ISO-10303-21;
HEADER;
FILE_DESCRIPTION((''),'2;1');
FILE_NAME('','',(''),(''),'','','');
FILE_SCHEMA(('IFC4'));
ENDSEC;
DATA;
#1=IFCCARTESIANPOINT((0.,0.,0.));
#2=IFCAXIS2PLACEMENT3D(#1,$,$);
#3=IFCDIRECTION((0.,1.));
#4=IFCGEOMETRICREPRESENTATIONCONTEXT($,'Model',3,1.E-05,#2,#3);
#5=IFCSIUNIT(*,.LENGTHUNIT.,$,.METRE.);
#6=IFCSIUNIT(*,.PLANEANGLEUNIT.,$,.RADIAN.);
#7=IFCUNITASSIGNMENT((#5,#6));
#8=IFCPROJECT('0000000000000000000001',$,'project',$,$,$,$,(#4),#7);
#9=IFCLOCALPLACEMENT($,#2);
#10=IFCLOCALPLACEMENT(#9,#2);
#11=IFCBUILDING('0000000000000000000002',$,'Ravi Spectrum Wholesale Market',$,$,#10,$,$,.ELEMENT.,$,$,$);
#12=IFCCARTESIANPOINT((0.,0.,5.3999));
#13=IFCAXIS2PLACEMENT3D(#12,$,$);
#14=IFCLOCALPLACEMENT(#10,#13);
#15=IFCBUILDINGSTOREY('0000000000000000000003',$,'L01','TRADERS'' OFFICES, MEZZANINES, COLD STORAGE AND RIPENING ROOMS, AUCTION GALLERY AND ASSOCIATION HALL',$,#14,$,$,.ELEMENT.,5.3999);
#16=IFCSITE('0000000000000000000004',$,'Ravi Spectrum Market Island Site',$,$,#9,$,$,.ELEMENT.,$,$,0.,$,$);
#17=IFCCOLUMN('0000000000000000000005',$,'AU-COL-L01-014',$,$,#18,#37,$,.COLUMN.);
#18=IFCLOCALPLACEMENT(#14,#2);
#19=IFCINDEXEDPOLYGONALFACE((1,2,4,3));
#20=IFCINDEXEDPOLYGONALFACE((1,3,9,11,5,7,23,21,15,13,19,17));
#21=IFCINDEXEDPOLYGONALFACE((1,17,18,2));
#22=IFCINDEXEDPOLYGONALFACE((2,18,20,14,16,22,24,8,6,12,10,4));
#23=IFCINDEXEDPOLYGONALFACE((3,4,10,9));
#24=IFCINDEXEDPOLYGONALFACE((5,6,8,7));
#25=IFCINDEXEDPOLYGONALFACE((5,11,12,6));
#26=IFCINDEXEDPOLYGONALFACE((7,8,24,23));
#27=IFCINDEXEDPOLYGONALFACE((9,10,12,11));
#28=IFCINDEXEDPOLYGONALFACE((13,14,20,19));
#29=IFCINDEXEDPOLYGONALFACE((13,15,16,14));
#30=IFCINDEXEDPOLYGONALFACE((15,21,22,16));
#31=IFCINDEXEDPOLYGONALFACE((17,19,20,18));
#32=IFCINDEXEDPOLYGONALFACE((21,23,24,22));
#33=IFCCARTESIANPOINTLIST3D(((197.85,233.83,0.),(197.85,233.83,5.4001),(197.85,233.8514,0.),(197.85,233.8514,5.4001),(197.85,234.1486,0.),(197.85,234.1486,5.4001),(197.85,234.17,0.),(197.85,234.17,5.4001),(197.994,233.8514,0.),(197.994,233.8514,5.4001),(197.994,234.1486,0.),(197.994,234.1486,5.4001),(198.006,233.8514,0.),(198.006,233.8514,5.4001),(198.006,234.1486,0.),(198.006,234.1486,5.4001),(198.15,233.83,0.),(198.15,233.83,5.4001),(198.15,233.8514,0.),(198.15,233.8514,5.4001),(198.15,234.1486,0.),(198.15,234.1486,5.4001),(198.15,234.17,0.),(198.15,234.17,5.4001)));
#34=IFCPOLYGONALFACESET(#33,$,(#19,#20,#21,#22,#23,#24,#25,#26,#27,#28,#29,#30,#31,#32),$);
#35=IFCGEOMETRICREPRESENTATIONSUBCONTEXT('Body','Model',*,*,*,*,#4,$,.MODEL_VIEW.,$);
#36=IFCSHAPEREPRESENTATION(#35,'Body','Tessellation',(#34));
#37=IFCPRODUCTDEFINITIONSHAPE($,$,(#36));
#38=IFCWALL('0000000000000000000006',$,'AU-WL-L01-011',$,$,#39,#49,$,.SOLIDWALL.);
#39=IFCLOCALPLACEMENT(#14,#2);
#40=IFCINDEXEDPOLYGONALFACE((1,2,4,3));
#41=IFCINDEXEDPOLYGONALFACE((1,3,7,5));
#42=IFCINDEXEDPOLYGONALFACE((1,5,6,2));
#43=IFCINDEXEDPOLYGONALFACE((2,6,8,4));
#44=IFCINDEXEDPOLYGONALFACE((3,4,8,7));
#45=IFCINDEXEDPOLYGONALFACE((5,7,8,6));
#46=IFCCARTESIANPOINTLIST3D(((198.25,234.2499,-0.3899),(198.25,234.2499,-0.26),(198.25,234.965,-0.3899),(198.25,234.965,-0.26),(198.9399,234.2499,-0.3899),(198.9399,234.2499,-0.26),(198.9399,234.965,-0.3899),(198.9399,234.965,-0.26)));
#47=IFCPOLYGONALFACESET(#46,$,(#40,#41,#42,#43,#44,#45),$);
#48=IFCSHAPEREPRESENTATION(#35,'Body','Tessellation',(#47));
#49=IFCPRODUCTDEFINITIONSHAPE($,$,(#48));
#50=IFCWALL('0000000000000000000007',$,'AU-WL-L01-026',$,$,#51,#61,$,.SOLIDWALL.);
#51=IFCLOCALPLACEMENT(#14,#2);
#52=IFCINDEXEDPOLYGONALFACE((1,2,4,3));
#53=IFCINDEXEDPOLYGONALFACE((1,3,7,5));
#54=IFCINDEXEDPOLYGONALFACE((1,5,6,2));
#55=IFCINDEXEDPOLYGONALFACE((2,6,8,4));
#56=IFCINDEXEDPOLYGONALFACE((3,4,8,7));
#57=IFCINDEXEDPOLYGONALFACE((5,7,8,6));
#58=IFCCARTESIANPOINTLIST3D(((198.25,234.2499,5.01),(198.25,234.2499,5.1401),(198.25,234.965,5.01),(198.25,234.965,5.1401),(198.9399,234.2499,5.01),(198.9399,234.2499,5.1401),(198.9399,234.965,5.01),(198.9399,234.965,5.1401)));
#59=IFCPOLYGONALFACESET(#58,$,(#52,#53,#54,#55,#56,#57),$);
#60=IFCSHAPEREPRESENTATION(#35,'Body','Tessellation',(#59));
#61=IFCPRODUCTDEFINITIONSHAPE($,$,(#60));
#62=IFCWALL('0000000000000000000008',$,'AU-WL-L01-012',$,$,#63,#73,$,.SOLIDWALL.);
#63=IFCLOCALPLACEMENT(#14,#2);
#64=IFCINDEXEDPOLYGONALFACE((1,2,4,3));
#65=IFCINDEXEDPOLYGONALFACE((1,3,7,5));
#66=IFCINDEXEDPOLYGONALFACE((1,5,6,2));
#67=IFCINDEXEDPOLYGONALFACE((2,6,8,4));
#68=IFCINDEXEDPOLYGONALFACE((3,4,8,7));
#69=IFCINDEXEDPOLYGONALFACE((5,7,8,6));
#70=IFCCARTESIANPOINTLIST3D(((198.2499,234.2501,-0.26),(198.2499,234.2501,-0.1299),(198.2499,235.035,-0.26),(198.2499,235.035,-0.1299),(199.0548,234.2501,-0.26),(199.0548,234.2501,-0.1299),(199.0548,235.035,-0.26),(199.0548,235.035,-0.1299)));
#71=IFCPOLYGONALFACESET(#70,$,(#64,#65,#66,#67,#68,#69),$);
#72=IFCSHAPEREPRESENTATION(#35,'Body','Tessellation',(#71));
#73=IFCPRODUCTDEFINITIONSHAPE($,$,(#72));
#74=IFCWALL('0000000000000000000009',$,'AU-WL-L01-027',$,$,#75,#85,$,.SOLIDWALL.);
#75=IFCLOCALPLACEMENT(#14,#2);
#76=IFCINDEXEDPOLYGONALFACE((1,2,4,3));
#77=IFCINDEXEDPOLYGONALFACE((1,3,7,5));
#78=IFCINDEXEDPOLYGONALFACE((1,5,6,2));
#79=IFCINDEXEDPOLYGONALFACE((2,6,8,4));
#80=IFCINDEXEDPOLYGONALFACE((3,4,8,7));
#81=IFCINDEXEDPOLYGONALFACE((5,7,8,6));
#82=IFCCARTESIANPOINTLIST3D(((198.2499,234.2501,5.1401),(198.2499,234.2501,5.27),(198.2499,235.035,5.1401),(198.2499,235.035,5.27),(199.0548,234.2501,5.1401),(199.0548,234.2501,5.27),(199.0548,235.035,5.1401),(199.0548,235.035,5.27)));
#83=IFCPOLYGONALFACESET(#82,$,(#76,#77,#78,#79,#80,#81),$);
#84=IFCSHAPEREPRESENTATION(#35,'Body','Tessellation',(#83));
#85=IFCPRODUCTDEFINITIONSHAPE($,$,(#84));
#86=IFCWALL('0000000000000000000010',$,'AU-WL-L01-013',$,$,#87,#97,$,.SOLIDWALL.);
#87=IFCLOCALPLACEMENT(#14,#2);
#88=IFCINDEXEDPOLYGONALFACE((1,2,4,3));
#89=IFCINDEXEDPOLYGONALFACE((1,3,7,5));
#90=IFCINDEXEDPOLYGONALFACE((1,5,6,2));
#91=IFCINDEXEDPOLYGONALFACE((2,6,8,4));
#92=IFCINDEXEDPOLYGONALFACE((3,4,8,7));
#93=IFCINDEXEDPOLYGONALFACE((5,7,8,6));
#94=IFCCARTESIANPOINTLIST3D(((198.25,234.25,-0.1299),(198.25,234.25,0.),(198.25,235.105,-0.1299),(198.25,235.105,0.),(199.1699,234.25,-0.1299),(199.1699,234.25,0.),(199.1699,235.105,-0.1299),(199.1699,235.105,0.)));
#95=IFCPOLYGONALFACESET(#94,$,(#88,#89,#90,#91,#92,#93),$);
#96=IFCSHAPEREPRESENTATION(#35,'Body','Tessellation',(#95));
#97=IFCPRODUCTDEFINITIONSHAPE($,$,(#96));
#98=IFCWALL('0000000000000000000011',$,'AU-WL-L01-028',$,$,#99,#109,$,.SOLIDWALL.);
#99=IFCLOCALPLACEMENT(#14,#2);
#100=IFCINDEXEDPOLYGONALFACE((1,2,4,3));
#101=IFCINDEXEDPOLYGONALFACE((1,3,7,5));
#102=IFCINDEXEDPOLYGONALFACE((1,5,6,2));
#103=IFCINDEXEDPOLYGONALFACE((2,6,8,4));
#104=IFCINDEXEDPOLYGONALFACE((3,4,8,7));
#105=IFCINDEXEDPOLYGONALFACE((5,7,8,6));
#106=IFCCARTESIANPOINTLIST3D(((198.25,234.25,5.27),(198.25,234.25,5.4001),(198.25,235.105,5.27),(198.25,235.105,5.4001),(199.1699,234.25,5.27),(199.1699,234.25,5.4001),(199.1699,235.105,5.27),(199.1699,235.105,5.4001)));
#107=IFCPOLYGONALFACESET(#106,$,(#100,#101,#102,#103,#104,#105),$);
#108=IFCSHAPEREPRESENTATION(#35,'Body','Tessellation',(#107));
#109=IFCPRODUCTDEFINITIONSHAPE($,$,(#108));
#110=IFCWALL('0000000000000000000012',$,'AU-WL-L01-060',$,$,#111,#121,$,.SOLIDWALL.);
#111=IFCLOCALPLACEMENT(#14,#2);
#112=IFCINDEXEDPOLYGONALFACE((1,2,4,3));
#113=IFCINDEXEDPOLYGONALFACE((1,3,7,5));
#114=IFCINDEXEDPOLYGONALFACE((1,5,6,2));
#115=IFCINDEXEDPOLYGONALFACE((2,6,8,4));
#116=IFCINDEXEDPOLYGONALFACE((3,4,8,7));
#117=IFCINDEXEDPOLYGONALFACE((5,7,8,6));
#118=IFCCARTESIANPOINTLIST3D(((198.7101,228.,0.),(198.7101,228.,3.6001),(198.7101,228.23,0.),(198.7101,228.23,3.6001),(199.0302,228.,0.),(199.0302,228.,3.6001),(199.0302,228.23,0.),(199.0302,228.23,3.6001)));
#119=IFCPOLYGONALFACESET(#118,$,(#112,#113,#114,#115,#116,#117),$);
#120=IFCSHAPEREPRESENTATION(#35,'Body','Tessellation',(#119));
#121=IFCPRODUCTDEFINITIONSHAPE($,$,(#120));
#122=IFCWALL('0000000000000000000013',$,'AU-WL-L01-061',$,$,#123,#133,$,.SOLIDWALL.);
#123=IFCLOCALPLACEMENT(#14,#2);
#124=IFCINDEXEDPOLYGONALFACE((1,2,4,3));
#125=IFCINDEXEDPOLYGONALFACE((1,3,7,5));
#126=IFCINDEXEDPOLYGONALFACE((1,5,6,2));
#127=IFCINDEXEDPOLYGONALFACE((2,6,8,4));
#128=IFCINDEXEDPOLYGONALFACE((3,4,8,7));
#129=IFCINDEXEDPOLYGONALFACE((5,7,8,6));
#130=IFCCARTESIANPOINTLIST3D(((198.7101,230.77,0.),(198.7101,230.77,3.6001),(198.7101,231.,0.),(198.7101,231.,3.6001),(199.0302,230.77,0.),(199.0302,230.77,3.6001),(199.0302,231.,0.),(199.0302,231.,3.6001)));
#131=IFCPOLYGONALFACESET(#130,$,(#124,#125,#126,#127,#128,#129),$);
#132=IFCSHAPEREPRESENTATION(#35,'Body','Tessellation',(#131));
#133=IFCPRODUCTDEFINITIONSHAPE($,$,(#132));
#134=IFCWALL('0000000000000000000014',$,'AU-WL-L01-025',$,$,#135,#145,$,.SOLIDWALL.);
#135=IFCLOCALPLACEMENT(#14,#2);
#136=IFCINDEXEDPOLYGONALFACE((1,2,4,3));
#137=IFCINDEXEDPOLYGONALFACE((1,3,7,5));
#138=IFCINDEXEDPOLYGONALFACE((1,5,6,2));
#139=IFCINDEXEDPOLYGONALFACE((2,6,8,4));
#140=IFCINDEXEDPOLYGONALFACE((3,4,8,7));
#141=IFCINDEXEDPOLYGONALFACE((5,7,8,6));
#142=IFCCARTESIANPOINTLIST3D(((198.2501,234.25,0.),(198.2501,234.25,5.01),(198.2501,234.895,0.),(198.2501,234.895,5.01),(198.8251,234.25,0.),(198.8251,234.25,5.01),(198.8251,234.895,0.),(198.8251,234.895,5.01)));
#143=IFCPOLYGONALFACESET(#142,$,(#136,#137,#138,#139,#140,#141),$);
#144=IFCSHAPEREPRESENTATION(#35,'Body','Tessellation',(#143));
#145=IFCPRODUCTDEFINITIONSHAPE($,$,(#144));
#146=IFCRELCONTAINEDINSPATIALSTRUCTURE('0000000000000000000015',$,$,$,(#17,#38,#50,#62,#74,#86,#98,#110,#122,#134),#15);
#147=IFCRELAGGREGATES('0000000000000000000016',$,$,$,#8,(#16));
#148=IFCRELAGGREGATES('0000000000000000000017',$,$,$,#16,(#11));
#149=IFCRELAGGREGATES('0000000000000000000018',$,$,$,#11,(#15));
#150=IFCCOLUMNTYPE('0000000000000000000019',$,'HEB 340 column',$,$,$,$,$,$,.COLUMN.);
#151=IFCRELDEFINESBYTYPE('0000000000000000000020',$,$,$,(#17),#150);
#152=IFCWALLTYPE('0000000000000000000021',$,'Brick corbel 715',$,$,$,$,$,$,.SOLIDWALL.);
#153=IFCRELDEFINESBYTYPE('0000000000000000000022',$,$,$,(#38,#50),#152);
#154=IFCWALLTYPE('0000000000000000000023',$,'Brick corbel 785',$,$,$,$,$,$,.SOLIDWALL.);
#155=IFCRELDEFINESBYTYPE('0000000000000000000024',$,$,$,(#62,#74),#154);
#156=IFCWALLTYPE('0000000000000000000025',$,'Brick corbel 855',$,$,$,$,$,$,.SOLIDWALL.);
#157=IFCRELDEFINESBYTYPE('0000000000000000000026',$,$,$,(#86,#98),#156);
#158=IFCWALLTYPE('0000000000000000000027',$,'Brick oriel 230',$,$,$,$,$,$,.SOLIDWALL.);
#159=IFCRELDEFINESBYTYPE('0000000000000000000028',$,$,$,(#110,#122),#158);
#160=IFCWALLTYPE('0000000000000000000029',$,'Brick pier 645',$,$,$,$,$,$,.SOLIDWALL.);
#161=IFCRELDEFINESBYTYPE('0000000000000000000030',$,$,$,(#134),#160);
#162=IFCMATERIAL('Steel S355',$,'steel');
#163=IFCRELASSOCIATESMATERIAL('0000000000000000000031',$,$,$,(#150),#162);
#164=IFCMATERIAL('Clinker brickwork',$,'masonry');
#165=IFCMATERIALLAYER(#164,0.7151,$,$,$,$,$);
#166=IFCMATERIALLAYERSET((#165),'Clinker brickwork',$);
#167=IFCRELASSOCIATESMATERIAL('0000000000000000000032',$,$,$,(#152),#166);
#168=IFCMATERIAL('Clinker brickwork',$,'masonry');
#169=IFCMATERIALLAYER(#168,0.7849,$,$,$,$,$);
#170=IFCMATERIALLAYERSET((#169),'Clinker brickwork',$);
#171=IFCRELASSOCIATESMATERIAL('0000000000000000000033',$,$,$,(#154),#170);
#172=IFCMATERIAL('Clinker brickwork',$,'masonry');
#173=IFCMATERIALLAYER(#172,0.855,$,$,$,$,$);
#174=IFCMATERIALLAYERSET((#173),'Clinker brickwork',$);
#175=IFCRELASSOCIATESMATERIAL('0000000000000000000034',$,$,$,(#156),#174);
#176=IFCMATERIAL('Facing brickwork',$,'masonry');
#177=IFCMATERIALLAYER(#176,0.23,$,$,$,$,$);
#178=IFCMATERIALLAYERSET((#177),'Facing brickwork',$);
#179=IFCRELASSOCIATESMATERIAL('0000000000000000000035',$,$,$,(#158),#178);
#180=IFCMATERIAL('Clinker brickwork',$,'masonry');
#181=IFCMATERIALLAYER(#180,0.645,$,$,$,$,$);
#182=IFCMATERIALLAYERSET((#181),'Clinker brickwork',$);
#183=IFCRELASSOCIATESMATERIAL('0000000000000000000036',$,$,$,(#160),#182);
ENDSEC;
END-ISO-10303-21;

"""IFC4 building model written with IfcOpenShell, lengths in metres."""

from ifc_helpers import new_model, si_unit, direction, frame, frame_2d, origin, origin_2d, place, context, subcontext, project, spatial, rectangle, i_section, extrude, material, layer, layer_set, material_profile, profile_set, type_object, element, save


model = new_model("IFC4")

# Units and contexts
model_context = context("Model", 3, precision=1e-05, world=origin(), true_north=direction((0.0, 1.0)))
body_context = subcontext(model_context, "Body", "Model", "MODEL_VIEW")
ifc_project = project(units=[si_unit("LENGTHUNIT", "METRE"), si_unit("PLANEANGLEUNIT", "RADIAN")], contexts=[model_context])

# Site, building, storey
site_placement = place(None, origin())
site = spatial("IfcSite", under=ifc_project, at=site_placement, Name="Ravi Spectrum Market Island Site", CompositionType="ELEMENT", RefElevation=0.0)
building_placement = place(site_placement, origin())
building = spatial("IfcBuilding", under=site, at=building_placement, Name="Ravi Spectrum Wholesale Market", CompositionType="ELEMENT")
storey_placement = place(building_placement, frame((0.0, 0.0, 5.3999)))
storey = spatial("IfcBuildingStorey", under=building, at=storey_placement, Name="L01", Description="TRADERS' OFFICES, MEZZANINES, COLD STORAGE AND RIPENING ROOMS, AUCTION GALLERY AND ASSOCIATION HALL", CompositionType="ELEMENT", Elevation=5.3999)

# Column
ifc_material_1 = material(Name="Steel S355", Category="steel")
ifc_material_profile = material_profile(ifc_material_1, i_section(OverallWidth=0.3, OverallDepth=0.3401, WebThickness=0.012, FlangeThickness=0.0215, at=origin_2d()))
ifc_profile_set = profile_set([ifc_material_profile], Name="Steel S355")
column_type = type_object("IfcColumnType", Name="HEB 340 column", PredefinedType="COLUMN", material=ifc_profile_set)
column_placement = place(storey_placement, frame((198.0, 234.0, 0.0), z_axis=(0.0, 0.0, 1.0), x_axis=(1.0, 0.0, 0.0)))
element("IfcColumn", 1, at=column_placement, inside=storey, type_object=column_type, Name="AU-COL-L01-014", PredefinedType="COLUMN", context=body_context, shape_type="SweptSolid", body=[
    extrude(i_section(OverallWidth=0.3, OverallDepth=0.3401, WebThickness=0.012, FlangeThickness=0.0215, at=origin_2d()), origin(), (0.0, 0.0, 1.0), 5.4001),
])

# Walls
ifc_material_2 = material(Name="Clinker brickwork", Category="masonry")
ifc_layer_1 = layer(ifc_material_2, 0.7151)
ifc_layer_set_1 = layer_set([ifc_layer_1], Name="Clinker brickwork")
wall_type_1 = type_object("IfcWallType", Name="Brick corbel 715", PredefinedType="SOLIDWALL", material=ifc_layer_set_1)
wall_1_placement = place(storey_placement, frame((198.25, 234.6074, -0.3899), z_axis=(0.0, 0.0, 1.0), x_axis=(1.0, 0.0, 0.0)))
element("IfcWall", 2, at=wall_1_placement, inside=storey, type_object=wall_type_1, Name="AU-WL-L01-011", PredefinedType="SOLIDWALL", context=body_context, shape_type="SweptSolid", body=[
    extrude(rectangle(XDim=0.6899, YDim=0.7151, at=frame_2d((0.345, 0.0))), origin(), (0.0, 0.0, 1.0), 0.1299),
])
wall_2_placement = place(storey_placement, frame((198.25, 234.6074, 5.01), z_axis=(0.0, 0.0, 1.0), x_axis=(1.0, 0.0, 0.0)))
element("IfcWall", 3, at=wall_2_placement, inside=storey, type_object=wall_type_1, Name="AU-WL-L01-026", PredefinedType="SOLIDWALL", context=body_context, shape_type="SweptSolid", body=[
    extrude(rectangle(XDim=0.6899, YDim=0.7151, at=frame_2d((0.345, 0.0))), origin(), (0.0, 0.0, 1.0), 0.1301),
])
ifc_material_3 = material(Name="Clinker brickwork", Category="masonry")
ifc_layer_2 = layer(ifc_material_3, 0.7849)
ifc_layer_set_2 = layer_set([ifc_layer_2], Name="Clinker brickwork")
wall_type_2 = type_object("IfcWallType", Name="Brick corbel 785", PredefinedType="SOLIDWALL", material=ifc_layer_set_2)
wall_3_placement = place(storey_placement, frame((198.25, 234.6426, -0.26), z_axis=(0.0, 0.0, 1.0), x_axis=(1.0, 0.0, 0.0)))
element("IfcWall", 4, at=wall_3_placement, inside=storey, type_object=wall_type_2, Name="AU-WL-L01-012", PredefinedType="SOLIDWALL", context=body_context, shape_type="SweptSolid", body=[
    extrude(rectangle(XDim=0.8049, YDim=0.7849, at=frame_2d((0.4023, 0.0))), origin(), (0.0, 0.0, 1.0), 0.1301),
])
wall_4_placement = place(storey_placement, frame((198.25, 234.6426, 5.1401), z_axis=(0.0, 0.0, 1.0), x_axis=(1.0, 0.0, 0.0)))
element("IfcWall", 5, at=wall_4_placement, inside=storey, type_object=wall_type_2, Name="AU-WL-L01-027", PredefinedType="SOLIDWALL", context=body_context, shape_type="SweptSolid", body=[
    extrude(rectangle(XDim=0.8049, YDim=0.7849, at=frame_2d((0.4023, 0.0))), origin(), (0.0, 0.0, 1.0), 0.1299),
])
ifc_material_4 = material(Name="Clinker brickwork", Category="masonry")
ifc_layer_3 = layer(ifc_material_4, 0.855)
ifc_layer_set_3 = layer_set([ifc_layer_3], Name="Clinker brickwork")
wall_type_3 = type_object("IfcWallType", Name="Brick corbel 855", PredefinedType="SOLIDWALL", material=ifc_layer_set_3)
wall_5_placement = place(storey_placement, frame((198.25, 234.6775, -0.1299), z_axis=(0.0, 0.0, 1.0), x_axis=(1.0, 0.0, 0.0)))
element("IfcWall", 6, at=wall_5_placement, inside=storey, type_object=wall_type_3, Name="AU-WL-L01-013", PredefinedType="SOLIDWALL", context=body_context, shape_type="SweptSolid", body=[
    extrude(rectangle(XDim=0.9199, YDim=0.855, at=frame_2d((0.46, 0.0))), origin(), (0.0, 0.0, 1.0), 0.1299),
])
wall_6_placement = place(storey_placement, frame((198.25, 234.6775, 5.27), z_axis=(0.0, 0.0, 1.0), x_axis=(1.0, 0.0, 0.0)))
element("IfcWall", 7, at=wall_6_placement, inside=storey, type_object=wall_type_3, Name="AU-WL-L01-028", PredefinedType="SOLIDWALL", context=body_context, shape_type="SweptSolid", body=[
    extrude(rectangle(XDim=0.9199, YDim=0.855, at=frame_2d((0.46, 0.0))), origin(), (0.0, 0.0, 1.0), 0.1301),
])
ifc_material_5 = material(Name="Facing brickwork", Category="masonry")
ifc_layer_4 = layer(ifc_material_5, 0.23)
ifc_layer_set_4 = layer_set([ifc_layer_4], Name="Facing brickwork")
wall_type_4 = type_object("IfcWallType", Name="Brick oriel 230", PredefinedType="SOLIDWALL", material=ifc_layer_set_4)
for number, where, z_axis, x_axis, name in (
    (8, (198.71, 228.115, 0.0), (0.0, 0.0, 1.0), (1.0, 0.0, 0.0), "AU-WL-L01-060"),
    (9, (198.71, 230.885, 0.0), (0.0, 0.0, 1.0), (1.0, 0.0, 0.0), "AU-WL-L01-061"),
):
    element("IfcWall", number, at=place(storey_placement, frame(where, z_axis=z_axis, x_axis=x_axis)), inside=storey, type_object=wall_type_4, Name=name, PredefinedType="SOLIDWALL", context=body_context, shape_type="SweptSolid", body=[
        extrude(rectangle(XDim=0.3201, YDim=0.23, at=frame_2d((0.1602, 0.0))), origin(), (0.0, 0.0, 1.0), 3.6001),
    ])
ifc_material_6 = material(Name="Clinker brickwork", Category="masonry")
ifc_layer_5 = layer(ifc_material_6, 0.645)
ifc_layer_set_5 = layer_set([ifc_layer_5], Name="Clinker brickwork")
wall_type_5 = type_object("IfcWallType", Name="Brick pier 645", PredefinedType="SOLIDWALL", material=ifc_layer_set_5)
wall_7_placement = place(storey_placement, frame((198.25, 234.5725, 0.0), z_axis=(0.0, 0.0, 1.0), x_axis=(1.0, 0.0, 0.0)))
element("IfcWall", 10, at=wall_7_placement, inside=storey, type_object=wall_type_5, Name="AU-WL-L01-025", PredefinedType="SOLIDWALL", context=body_context, shape_type="SweptSolid", body=[
    extrude(rectangle(XDim=0.575, YDim=0.645, at=frame_2d((0.2876, 0.0))), origin(), (0.0, 0.0, 1.0), 5.01),
])

save(model, "model.ifc")
